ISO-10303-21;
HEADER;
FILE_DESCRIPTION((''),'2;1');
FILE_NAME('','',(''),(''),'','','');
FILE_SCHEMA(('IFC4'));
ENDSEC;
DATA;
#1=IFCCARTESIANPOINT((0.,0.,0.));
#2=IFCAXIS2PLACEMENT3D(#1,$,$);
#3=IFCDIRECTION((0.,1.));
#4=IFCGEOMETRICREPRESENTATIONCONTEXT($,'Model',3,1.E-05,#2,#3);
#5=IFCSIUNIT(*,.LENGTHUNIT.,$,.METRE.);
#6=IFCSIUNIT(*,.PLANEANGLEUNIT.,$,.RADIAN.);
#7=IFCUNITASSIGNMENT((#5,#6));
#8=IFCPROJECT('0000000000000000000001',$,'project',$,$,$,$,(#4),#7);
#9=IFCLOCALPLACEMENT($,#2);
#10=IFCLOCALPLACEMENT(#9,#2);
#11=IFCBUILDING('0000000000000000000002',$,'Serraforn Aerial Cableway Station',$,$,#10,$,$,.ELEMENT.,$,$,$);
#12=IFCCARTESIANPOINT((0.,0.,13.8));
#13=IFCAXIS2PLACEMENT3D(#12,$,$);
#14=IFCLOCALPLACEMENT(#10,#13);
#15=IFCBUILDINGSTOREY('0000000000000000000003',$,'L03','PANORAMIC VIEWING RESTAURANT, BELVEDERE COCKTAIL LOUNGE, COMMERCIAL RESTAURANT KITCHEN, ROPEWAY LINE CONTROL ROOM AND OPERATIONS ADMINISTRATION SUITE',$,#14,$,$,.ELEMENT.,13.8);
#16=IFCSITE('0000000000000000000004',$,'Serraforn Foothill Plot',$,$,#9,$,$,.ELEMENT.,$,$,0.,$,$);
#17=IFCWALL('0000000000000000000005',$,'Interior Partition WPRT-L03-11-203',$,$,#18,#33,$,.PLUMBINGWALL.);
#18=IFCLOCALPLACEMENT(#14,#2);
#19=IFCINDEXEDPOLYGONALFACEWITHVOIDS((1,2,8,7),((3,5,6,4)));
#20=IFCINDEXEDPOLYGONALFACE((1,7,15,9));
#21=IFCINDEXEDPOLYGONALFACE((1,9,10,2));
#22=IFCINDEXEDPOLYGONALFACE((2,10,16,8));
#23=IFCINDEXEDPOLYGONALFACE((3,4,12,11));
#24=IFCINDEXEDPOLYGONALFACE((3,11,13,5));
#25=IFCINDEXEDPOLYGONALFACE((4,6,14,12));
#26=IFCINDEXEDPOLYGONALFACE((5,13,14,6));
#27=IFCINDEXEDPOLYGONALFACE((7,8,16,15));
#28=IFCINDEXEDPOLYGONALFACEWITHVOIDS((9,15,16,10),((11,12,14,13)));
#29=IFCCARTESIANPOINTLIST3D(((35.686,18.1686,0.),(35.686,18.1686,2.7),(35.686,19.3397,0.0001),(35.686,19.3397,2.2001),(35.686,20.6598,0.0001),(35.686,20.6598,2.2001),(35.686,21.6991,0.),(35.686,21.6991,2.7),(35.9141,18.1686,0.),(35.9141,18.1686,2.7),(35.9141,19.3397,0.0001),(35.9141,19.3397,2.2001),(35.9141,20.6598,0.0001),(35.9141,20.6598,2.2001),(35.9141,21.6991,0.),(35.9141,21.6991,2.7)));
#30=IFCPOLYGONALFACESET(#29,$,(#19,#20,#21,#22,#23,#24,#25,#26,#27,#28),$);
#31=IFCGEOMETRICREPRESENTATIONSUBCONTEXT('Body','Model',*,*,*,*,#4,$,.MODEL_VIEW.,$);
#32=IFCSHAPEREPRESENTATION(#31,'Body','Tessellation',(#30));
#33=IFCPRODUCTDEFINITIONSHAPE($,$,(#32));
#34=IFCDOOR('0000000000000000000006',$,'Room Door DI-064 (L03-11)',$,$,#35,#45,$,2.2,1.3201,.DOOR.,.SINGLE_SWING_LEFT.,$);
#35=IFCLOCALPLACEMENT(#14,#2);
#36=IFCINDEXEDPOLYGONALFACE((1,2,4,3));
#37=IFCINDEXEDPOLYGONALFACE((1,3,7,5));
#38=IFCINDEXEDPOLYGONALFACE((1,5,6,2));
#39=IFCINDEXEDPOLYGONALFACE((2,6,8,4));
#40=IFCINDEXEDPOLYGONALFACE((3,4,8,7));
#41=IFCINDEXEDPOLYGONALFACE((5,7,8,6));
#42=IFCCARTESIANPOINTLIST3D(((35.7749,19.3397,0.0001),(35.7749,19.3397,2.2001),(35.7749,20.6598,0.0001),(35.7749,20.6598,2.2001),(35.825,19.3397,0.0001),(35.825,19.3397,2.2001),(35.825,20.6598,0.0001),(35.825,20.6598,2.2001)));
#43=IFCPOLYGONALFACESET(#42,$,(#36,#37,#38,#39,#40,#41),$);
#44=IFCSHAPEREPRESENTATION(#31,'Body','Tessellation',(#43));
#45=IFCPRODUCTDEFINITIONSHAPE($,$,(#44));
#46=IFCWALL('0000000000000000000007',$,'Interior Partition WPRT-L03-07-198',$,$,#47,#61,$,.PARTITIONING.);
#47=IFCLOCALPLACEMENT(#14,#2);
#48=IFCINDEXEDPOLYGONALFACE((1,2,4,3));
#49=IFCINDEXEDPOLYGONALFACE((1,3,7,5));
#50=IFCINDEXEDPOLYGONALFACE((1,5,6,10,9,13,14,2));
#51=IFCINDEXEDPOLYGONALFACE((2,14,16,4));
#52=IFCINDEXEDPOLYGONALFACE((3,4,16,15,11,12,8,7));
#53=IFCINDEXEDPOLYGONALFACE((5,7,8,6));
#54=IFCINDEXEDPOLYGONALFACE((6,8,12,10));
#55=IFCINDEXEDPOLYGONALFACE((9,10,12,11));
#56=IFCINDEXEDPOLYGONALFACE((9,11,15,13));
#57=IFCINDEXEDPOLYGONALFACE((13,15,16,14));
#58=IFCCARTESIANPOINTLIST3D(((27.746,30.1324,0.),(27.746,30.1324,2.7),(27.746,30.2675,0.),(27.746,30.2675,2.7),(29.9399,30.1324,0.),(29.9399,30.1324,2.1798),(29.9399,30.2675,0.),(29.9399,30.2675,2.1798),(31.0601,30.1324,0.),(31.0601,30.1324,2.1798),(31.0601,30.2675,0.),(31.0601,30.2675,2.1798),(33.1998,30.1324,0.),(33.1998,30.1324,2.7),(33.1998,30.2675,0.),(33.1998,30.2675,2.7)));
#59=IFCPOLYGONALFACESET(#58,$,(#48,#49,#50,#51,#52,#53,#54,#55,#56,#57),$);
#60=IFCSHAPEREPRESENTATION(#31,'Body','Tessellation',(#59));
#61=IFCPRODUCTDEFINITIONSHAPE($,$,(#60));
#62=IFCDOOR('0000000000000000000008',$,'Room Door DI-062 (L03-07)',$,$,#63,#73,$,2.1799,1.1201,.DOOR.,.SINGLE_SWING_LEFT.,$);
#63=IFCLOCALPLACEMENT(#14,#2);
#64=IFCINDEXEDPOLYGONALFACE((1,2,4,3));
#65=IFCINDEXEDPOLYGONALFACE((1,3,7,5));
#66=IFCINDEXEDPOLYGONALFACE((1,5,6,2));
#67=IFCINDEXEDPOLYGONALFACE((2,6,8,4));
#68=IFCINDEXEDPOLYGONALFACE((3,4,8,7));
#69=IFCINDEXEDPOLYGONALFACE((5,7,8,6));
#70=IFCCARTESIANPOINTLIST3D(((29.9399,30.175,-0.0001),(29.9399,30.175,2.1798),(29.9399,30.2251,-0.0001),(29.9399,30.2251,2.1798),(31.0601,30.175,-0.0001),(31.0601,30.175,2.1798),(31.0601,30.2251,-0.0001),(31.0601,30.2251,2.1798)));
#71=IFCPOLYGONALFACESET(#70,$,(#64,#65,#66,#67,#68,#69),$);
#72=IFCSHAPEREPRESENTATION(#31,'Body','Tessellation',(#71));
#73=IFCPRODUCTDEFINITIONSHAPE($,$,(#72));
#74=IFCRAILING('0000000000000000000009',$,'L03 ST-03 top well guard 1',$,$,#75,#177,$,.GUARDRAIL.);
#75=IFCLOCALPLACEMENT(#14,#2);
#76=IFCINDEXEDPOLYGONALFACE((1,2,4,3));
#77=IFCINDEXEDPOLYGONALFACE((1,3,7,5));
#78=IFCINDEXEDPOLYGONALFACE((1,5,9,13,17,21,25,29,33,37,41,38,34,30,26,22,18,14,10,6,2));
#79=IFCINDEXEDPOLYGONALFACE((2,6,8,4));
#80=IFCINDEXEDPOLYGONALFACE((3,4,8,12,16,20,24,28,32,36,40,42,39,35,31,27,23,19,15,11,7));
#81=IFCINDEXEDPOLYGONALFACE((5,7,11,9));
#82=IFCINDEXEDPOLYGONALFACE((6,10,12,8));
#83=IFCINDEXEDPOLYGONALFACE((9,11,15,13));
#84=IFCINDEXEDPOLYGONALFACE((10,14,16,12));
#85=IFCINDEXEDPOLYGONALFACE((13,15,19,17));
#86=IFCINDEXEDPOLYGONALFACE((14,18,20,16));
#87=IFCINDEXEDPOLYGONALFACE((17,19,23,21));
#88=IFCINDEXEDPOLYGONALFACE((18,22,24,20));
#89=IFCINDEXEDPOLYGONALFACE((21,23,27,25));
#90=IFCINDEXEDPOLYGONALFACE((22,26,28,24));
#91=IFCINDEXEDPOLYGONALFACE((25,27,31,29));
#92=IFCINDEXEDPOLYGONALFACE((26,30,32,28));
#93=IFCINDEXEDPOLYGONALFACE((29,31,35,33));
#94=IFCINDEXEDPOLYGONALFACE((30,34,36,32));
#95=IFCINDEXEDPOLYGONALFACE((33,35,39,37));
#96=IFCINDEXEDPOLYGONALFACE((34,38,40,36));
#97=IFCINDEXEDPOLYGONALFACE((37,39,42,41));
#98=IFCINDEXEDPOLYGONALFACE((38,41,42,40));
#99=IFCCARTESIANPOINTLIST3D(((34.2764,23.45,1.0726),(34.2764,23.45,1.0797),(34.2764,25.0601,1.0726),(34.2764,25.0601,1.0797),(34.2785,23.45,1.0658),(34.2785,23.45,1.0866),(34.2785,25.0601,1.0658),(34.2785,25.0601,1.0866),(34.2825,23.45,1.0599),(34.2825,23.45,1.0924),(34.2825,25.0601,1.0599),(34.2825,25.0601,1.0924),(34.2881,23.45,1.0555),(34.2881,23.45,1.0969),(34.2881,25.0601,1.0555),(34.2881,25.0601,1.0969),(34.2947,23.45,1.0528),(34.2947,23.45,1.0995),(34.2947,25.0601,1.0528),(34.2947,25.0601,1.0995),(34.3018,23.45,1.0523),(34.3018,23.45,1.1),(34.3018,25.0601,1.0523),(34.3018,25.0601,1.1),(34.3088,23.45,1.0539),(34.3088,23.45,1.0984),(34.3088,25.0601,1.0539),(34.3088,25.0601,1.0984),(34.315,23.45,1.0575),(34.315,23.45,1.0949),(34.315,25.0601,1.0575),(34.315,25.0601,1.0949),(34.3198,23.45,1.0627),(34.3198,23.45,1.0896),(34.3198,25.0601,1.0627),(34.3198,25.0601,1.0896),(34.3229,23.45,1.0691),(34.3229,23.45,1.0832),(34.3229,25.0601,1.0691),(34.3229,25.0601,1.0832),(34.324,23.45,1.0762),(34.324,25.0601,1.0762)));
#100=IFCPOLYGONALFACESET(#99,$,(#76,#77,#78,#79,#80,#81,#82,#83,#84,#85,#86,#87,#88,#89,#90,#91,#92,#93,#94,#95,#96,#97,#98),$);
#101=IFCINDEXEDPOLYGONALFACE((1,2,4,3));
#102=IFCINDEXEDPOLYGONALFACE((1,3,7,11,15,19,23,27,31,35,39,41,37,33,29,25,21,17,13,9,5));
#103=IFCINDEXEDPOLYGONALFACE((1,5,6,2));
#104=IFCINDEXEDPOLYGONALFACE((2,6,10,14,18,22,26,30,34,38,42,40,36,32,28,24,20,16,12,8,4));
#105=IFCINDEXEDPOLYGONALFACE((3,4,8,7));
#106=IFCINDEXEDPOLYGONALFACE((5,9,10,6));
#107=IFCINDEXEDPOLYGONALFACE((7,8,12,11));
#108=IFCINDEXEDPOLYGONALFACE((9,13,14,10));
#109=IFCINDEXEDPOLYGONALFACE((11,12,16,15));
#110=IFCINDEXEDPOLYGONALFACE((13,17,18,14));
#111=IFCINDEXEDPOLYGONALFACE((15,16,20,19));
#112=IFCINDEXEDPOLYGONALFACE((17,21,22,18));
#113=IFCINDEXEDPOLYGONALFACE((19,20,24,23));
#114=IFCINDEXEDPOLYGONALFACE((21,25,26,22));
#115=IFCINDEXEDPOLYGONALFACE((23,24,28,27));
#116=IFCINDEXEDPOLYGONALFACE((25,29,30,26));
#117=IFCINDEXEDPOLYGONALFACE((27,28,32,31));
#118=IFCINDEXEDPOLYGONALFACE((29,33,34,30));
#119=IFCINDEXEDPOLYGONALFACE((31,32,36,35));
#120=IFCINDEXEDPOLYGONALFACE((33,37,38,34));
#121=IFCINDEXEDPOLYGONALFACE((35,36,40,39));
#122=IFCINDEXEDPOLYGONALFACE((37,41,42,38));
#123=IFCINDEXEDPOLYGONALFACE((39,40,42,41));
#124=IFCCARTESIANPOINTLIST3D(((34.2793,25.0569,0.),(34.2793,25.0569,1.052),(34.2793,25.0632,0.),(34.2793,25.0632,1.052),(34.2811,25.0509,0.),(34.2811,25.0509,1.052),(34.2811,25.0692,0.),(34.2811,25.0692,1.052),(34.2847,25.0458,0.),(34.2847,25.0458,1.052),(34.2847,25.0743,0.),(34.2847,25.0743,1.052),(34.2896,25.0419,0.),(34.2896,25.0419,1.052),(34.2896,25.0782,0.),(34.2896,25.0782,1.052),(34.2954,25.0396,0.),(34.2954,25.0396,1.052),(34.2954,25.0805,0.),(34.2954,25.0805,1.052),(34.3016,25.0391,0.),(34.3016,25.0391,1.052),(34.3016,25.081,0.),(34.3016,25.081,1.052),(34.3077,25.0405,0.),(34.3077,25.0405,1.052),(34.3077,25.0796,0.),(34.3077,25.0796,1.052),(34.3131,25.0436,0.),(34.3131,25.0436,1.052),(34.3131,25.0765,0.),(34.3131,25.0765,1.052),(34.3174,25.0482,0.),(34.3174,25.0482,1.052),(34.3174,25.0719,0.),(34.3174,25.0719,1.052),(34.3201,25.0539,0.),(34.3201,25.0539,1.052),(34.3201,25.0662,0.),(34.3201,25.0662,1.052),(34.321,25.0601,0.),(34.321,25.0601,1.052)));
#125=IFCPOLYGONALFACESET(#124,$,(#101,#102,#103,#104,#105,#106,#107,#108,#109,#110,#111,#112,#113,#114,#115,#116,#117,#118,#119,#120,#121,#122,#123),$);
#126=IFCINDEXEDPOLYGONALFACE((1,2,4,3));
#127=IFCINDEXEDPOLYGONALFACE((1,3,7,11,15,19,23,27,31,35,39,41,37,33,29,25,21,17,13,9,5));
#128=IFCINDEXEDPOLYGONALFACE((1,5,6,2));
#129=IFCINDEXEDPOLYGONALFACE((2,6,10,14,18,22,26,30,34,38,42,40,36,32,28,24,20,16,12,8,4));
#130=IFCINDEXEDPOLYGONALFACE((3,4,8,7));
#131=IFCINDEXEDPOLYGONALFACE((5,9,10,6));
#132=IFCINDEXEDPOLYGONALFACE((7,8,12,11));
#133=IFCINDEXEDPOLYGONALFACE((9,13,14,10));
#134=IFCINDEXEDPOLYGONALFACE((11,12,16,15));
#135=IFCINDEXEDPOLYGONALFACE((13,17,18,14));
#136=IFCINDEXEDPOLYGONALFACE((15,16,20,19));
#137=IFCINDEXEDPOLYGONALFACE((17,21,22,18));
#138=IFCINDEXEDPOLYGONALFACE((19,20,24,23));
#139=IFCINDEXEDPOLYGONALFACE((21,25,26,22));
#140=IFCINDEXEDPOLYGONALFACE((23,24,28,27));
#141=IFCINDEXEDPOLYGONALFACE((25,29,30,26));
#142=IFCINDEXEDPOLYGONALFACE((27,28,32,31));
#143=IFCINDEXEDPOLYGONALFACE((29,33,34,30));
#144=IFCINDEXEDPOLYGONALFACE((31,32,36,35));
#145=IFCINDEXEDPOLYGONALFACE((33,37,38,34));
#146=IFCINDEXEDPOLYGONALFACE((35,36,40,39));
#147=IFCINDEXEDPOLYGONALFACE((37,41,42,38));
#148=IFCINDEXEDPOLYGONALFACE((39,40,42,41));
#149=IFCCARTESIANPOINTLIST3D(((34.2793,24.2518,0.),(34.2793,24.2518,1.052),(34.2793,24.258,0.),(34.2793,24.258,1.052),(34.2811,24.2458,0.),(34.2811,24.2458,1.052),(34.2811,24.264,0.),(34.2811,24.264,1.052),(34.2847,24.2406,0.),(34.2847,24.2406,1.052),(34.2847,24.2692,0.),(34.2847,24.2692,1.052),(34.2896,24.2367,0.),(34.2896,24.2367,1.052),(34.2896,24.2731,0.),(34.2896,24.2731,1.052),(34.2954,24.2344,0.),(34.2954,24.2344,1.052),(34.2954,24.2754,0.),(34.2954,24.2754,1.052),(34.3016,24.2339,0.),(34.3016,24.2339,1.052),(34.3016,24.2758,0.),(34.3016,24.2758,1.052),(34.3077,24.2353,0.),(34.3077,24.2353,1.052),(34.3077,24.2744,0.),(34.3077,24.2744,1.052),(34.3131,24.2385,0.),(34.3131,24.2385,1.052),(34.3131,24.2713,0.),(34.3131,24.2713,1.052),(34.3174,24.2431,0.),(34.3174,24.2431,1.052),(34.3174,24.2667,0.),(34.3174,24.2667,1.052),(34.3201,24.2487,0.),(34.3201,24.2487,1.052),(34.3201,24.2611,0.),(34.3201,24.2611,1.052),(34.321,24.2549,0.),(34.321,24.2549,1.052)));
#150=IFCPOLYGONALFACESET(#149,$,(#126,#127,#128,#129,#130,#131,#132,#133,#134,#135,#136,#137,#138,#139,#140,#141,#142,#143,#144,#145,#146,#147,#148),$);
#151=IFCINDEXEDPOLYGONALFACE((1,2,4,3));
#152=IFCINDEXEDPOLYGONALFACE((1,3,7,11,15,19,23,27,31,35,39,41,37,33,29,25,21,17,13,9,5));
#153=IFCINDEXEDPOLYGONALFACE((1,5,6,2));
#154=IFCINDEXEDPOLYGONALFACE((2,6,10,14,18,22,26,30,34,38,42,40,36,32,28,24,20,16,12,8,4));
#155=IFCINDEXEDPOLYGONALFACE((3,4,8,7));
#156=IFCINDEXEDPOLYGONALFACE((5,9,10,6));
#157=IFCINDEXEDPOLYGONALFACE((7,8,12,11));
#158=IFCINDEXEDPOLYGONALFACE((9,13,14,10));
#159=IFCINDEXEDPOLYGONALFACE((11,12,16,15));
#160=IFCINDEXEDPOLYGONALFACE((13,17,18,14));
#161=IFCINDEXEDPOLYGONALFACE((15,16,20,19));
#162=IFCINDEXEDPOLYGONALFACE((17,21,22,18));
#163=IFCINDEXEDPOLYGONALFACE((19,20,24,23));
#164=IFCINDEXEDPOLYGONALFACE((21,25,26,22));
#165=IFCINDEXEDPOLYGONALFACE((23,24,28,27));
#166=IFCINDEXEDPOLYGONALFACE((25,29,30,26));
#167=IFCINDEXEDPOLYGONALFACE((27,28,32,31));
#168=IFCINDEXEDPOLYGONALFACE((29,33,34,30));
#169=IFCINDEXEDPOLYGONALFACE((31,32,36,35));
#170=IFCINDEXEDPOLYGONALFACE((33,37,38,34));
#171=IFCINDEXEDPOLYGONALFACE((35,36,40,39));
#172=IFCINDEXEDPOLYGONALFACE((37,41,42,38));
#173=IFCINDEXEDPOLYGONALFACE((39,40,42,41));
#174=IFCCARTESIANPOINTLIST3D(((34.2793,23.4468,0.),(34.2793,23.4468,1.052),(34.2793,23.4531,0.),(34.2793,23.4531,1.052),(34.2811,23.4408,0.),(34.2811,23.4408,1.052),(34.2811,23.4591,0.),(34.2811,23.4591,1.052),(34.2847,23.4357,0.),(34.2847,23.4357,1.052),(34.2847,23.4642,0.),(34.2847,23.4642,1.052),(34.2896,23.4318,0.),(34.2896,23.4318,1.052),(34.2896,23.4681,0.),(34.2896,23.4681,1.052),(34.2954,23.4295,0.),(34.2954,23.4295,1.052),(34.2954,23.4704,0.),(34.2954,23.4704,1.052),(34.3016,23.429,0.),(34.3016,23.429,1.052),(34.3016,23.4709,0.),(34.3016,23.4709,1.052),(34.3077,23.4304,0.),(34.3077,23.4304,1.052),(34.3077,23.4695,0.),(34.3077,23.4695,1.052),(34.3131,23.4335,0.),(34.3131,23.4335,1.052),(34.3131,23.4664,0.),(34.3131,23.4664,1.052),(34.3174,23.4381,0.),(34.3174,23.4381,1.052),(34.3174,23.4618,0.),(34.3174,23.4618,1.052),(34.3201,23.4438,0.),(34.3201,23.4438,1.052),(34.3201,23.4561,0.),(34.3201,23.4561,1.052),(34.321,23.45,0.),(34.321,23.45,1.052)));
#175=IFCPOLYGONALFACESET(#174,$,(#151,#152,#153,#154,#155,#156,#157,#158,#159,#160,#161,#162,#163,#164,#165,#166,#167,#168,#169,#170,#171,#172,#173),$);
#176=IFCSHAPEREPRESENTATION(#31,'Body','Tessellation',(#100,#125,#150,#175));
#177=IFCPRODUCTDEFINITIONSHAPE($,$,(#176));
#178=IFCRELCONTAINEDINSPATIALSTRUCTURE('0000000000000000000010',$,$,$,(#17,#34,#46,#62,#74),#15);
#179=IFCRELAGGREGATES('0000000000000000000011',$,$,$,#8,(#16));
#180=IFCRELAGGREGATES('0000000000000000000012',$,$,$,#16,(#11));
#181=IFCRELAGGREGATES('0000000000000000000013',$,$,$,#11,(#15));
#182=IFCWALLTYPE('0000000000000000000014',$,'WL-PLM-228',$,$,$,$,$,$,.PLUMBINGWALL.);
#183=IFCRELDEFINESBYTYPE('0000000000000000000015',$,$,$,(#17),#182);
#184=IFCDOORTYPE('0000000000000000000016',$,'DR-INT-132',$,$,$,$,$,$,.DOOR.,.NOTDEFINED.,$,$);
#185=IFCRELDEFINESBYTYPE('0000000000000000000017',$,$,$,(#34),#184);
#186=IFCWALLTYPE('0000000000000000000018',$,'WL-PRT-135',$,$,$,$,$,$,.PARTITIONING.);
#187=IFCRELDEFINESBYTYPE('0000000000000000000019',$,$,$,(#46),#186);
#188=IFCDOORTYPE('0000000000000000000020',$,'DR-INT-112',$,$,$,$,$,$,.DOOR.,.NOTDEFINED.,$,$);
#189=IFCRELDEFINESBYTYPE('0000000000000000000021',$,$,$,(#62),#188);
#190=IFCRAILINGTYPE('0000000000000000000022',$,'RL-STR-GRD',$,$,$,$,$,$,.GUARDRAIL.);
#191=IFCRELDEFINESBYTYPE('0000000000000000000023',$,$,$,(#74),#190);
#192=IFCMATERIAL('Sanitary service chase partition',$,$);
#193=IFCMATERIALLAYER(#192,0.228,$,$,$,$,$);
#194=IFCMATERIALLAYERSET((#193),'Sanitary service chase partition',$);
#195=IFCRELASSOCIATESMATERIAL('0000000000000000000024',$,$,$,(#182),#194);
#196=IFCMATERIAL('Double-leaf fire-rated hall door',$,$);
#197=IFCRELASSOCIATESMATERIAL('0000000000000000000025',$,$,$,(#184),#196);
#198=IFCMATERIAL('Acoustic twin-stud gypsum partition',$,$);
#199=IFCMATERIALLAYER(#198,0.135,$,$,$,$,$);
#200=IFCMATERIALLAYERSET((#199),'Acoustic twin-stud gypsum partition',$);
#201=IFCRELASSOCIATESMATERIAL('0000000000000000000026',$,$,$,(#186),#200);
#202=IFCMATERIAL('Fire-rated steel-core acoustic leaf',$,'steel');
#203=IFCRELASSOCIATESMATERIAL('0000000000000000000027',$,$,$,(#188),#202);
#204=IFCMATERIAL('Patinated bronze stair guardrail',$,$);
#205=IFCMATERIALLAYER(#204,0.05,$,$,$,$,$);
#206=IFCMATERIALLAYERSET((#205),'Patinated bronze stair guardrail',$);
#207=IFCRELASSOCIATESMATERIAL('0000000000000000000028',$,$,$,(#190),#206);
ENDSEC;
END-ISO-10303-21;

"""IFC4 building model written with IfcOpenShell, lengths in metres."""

from ifc_helpers import new_model, si_unit, direction, frame, frame_2d, origin, origin_2d, place, context, subcontext, project, spatial, rectangle, circle, extrude, material, layer, layer_set, type_object, element, fill, save


model = new_model("IFC4")

# Units and contexts
model_context = context("Model", 3, precision=1e-05, world=origin(), true_north=direction((0.0, 1.0)))
body_context = subcontext(model_context, "Body", "Model", "MODEL_VIEW")
ifc_project = project(units=[si_unit("LENGTHUNIT", "METRE"), si_unit("PLANEANGLEUNIT", "RADIAN")], contexts=[model_context])

# Site, building, storey
site_placement = place(None, origin())
site = spatial("IfcSite", under=ifc_project, at=site_placement, Name="Serraforn Foothill Plot", CompositionType="ELEMENT", RefElevation=0.0)
building_placement = place(site_placement, origin())
building = spatial("IfcBuilding", under=site, at=building_placement, Name="Serraforn Aerial Cableway Station", CompositionType="ELEMENT")
storey_placement = place(building_placement, frame((0.0, 0.0, 13.8)))
storey = spatial("IfcBuildingStorey", under=building, at=storey_placement, Name="L03", Description="PANORAMIC VIEWING RESTAURANT, BELVEDERE COCKTAIL LOUNGE, COMMERCIAL RESTAURANT KITCHEN, ROPEWAY LINE CONTROL ROOM AND OPERATIONS ADMINISTRATION SUITE", CompositionType="ELEMENT", Elevation=13.8)

# Shared definitions
ifc_material_1 = material(Name="Sanitary service chase partition")
ifc_layer_1 = layer(ifc_material_1, 0.228)
ifc_layer_set_1 = layer_set([ifc_layer_1], Name="Sanitary service chase partition")
wall_type_1 = type_object("IfcWallType", Name="WL-PLM-228", PredefinedType="PLUMBINGWALL", material=ifc_layer_set_1)

# Walls, openings, doors
wall_1_placement = place(storey_placement, frame((35.8, 21.699, 0.0), z_axis=(0.0, 0.0, 1.0), x_axis=(0.0, -1.0, 0.0)))
wall_1 = element("IfcWall", 1, at=wall_1_placement, inside=storey, type_object=wall_type_1, Name="Interior Partition WPRT-L03-11-203", PredefinedType="PLUMBINGWALL", context=body_context, shape_type="SweptSolid", body=[
    extrude(rectangle(XDim=3.5305, YDim=0.228, at=frame_2d((1.7651, 0.0))), origin(), (0.0, 0.0, 1.0), 2.7),
])
opening_1_placement = place(wall_1_placement, frame((1.0391, 0.0, 0.0)))
opening_1 = element("IfcOpeningElement", 2, at=opening_1_placement, cuts=wall_1, PredefinedType="OPENING", context=body_context, shape_type="SweptSolid", body=[
    extrude(rectangle(XDim=1.3201, YDim=2.2, at=frame_2d((0.6602, 1.1001))), frame((0.0, 0.124, 0.0), z_axis=(0.0, -1.0, 0.0), x_axis=(1.0, 0.0, 0.0)), (0.0, 0.0, 1.0), 0.248),
])
ifc_material_2 = material(Name="Double-leaf fire-rated hall door")
door_type_1 = type_object("IfcDoorType", Name="DR-INT-132", OperationType="NOTDEFINED", PredefinedType="DOOR", material=ifc_material_2)
door_1_placement = place(opening_1_placement, origin())
door_1 = element("IfcDoor", 3, at=door_1_placement, inside=storey, type_object=door_type_1, Name="Room Door DI-064 (L03-11)", OperationType="SINGLE_SWING_LEFT", OverallHeight=2.2, OverallWidth=1.3201, PredefinedType="DOOR", context=body_context, shape_type="SweptSolid", body=[
    extrude(rectangle(XDim=1.3201, YDim=2.2, at=frame_2d((0.6602, 1.1001))), frame((0.0, 0.0249, 0.0), z_axis=(0.0, -1.0, 0.0), x_axis=(1.0, 0.0, 0.0)), (0.0, 0.0, 1.0), 0.05),
])
fill(opening_1, door_1)
ifc_material_3 = material(Name="Acoustic twin-stud gypsum partition")
ifc_layer_2 = layer(ifc_material_3, 0.135)
ifc_layer_set_2 = layer_set([ifc_layer_2], Name="Acoustic twin-stud gypsum partition")
wall_type_2 = type_object("IfcWallType", Name="WL-PRT-135", PredefinedType="PARTITIONING", material=ifc_layer_set_2)
wall_2_placement = place(storey_placement, frame((33.2, 30.2, 0.0), z_axis=(0.0, 0.0, 1.0), x_axis=(-1.0, 0.0, 0.0)))
wall_2 = element("IfcWall", 4, at=wall_2_placement, inside=storey, type_object=wall_type_2, Name="Interior Partition WPRT-L03-07-198", PredefinedType="PARTITIONING", context=body_context, shape_type="SweptSolid", body=[
    extrude(rectangle(XDim=5.4539, YDim=0.135, at=frame_2d((2.7271, 0.0))), origin(), (0.0, 0.0, 1.0), 2.7),
])
opening_2_placement = place(wall_2_placement, frame((2.1399, 0.0, 0.0)))
opening_2 = element("IfcOpeningElement", 5, at=opening_2_placement, cuts=wall_2, PredefinedType="OPENING", context=body_context, shape_type="SweptSolid", body=[
    extrude(rectangle(XDim=1.1201, YDim=2.1799, at=frame_2d((0.5601, 1.0898))), frame((0.0, 0.0774, 0.0), z_axis=(0.0, -1.0, 0.0), x_axis=(1.0, 0.0, 0.0)), (0.0, 0.0, 1.0), 0.155),
])
ifc_material_4 = material(Name="Fire-rated steel-core acoustic leaf", Category="steel")
door_type_2 = type_object("IfcDoorType", Name="DR-INT-112", OperationType="NOTDEFINED", PredefinedType="DOOR", material=ifc_material_4)
door_2_placement = place(opening_2_placement, origin())
door_2 = element("IfcDoor", 6, at=door_2_placement, inside=storey, type_object=door_type_2, Name="Room Door DI-062 (L03-07)", OperationType="SINGLE_SWING_LEFT", OverallHeight=2.1799, OverallWidth=1.1201, PredefinedType="DOOR", context=body_context, shape_type="SweptSolid", body=[
    extrude(rectangle(XDim=1.1201, YDim=2.1799, at=frame_2d((0.5601, 1.0898))), frame((0.0, 0.0249, 0.0), z_axis=(0.0, -1.0, 0.0), x_axis=(1.0, 0.0, 0.0)), (0.0, 0.0, 1.0), 0.05),
])
fill(opening_2, door_2)

# Railing
ifc_material_5 = material(Name="Patinated bronze stair guardrail")
ifc_layer_3 = layer(ifc_material_5, 0.05)
ifc_layer_set_3 = layer_set([ifc_layer_3], Name="Patinated bronze stair guardrail")
railing_type = type_object("IfcRailingType", Name="RL-STR-GRD", PredefinedType="GUARDRAIL", material=ifc_layer_set_3)
railing_placement = place(storey_placement, frame((34.3, 25.0601, 0.0)))
element("IfcRailing", 7, at=railing_placement, inside=storey, type_object=railing_type, Name="L03 ST-03 top well guard 1", PredefinedType="GUARDRAIL", context=body_context, shape_type="SweptSolid", body=[
    extrude(circle(Radius=0.0239, at=origin_2d()), frame((0.0, 0.0, 1.0762), z_axis=(0.0, -1.0, 0.0), x_axis=(1.0, 0.0, 0.0)), (0.0, 0.0, 1.0), 1.6101),
    extrude(circle(Radius=0.021, at=origin_2d()), origin(), (0.0, 0.0, 1.0), 1.052),
    extrude(circle(Radius=0.021, at=origin_2d()), frame((0.0, -0.8052, 0.0)), (0.0, 0.0, 1.0), 1.052),
    extrude(circle(Radius=0.021, at=origin_2d()), frame((0.0, -1.6101, 0.0)), (0.0, 0.0, 1.0), 1.052),
])

save(model, "model.ifc")
